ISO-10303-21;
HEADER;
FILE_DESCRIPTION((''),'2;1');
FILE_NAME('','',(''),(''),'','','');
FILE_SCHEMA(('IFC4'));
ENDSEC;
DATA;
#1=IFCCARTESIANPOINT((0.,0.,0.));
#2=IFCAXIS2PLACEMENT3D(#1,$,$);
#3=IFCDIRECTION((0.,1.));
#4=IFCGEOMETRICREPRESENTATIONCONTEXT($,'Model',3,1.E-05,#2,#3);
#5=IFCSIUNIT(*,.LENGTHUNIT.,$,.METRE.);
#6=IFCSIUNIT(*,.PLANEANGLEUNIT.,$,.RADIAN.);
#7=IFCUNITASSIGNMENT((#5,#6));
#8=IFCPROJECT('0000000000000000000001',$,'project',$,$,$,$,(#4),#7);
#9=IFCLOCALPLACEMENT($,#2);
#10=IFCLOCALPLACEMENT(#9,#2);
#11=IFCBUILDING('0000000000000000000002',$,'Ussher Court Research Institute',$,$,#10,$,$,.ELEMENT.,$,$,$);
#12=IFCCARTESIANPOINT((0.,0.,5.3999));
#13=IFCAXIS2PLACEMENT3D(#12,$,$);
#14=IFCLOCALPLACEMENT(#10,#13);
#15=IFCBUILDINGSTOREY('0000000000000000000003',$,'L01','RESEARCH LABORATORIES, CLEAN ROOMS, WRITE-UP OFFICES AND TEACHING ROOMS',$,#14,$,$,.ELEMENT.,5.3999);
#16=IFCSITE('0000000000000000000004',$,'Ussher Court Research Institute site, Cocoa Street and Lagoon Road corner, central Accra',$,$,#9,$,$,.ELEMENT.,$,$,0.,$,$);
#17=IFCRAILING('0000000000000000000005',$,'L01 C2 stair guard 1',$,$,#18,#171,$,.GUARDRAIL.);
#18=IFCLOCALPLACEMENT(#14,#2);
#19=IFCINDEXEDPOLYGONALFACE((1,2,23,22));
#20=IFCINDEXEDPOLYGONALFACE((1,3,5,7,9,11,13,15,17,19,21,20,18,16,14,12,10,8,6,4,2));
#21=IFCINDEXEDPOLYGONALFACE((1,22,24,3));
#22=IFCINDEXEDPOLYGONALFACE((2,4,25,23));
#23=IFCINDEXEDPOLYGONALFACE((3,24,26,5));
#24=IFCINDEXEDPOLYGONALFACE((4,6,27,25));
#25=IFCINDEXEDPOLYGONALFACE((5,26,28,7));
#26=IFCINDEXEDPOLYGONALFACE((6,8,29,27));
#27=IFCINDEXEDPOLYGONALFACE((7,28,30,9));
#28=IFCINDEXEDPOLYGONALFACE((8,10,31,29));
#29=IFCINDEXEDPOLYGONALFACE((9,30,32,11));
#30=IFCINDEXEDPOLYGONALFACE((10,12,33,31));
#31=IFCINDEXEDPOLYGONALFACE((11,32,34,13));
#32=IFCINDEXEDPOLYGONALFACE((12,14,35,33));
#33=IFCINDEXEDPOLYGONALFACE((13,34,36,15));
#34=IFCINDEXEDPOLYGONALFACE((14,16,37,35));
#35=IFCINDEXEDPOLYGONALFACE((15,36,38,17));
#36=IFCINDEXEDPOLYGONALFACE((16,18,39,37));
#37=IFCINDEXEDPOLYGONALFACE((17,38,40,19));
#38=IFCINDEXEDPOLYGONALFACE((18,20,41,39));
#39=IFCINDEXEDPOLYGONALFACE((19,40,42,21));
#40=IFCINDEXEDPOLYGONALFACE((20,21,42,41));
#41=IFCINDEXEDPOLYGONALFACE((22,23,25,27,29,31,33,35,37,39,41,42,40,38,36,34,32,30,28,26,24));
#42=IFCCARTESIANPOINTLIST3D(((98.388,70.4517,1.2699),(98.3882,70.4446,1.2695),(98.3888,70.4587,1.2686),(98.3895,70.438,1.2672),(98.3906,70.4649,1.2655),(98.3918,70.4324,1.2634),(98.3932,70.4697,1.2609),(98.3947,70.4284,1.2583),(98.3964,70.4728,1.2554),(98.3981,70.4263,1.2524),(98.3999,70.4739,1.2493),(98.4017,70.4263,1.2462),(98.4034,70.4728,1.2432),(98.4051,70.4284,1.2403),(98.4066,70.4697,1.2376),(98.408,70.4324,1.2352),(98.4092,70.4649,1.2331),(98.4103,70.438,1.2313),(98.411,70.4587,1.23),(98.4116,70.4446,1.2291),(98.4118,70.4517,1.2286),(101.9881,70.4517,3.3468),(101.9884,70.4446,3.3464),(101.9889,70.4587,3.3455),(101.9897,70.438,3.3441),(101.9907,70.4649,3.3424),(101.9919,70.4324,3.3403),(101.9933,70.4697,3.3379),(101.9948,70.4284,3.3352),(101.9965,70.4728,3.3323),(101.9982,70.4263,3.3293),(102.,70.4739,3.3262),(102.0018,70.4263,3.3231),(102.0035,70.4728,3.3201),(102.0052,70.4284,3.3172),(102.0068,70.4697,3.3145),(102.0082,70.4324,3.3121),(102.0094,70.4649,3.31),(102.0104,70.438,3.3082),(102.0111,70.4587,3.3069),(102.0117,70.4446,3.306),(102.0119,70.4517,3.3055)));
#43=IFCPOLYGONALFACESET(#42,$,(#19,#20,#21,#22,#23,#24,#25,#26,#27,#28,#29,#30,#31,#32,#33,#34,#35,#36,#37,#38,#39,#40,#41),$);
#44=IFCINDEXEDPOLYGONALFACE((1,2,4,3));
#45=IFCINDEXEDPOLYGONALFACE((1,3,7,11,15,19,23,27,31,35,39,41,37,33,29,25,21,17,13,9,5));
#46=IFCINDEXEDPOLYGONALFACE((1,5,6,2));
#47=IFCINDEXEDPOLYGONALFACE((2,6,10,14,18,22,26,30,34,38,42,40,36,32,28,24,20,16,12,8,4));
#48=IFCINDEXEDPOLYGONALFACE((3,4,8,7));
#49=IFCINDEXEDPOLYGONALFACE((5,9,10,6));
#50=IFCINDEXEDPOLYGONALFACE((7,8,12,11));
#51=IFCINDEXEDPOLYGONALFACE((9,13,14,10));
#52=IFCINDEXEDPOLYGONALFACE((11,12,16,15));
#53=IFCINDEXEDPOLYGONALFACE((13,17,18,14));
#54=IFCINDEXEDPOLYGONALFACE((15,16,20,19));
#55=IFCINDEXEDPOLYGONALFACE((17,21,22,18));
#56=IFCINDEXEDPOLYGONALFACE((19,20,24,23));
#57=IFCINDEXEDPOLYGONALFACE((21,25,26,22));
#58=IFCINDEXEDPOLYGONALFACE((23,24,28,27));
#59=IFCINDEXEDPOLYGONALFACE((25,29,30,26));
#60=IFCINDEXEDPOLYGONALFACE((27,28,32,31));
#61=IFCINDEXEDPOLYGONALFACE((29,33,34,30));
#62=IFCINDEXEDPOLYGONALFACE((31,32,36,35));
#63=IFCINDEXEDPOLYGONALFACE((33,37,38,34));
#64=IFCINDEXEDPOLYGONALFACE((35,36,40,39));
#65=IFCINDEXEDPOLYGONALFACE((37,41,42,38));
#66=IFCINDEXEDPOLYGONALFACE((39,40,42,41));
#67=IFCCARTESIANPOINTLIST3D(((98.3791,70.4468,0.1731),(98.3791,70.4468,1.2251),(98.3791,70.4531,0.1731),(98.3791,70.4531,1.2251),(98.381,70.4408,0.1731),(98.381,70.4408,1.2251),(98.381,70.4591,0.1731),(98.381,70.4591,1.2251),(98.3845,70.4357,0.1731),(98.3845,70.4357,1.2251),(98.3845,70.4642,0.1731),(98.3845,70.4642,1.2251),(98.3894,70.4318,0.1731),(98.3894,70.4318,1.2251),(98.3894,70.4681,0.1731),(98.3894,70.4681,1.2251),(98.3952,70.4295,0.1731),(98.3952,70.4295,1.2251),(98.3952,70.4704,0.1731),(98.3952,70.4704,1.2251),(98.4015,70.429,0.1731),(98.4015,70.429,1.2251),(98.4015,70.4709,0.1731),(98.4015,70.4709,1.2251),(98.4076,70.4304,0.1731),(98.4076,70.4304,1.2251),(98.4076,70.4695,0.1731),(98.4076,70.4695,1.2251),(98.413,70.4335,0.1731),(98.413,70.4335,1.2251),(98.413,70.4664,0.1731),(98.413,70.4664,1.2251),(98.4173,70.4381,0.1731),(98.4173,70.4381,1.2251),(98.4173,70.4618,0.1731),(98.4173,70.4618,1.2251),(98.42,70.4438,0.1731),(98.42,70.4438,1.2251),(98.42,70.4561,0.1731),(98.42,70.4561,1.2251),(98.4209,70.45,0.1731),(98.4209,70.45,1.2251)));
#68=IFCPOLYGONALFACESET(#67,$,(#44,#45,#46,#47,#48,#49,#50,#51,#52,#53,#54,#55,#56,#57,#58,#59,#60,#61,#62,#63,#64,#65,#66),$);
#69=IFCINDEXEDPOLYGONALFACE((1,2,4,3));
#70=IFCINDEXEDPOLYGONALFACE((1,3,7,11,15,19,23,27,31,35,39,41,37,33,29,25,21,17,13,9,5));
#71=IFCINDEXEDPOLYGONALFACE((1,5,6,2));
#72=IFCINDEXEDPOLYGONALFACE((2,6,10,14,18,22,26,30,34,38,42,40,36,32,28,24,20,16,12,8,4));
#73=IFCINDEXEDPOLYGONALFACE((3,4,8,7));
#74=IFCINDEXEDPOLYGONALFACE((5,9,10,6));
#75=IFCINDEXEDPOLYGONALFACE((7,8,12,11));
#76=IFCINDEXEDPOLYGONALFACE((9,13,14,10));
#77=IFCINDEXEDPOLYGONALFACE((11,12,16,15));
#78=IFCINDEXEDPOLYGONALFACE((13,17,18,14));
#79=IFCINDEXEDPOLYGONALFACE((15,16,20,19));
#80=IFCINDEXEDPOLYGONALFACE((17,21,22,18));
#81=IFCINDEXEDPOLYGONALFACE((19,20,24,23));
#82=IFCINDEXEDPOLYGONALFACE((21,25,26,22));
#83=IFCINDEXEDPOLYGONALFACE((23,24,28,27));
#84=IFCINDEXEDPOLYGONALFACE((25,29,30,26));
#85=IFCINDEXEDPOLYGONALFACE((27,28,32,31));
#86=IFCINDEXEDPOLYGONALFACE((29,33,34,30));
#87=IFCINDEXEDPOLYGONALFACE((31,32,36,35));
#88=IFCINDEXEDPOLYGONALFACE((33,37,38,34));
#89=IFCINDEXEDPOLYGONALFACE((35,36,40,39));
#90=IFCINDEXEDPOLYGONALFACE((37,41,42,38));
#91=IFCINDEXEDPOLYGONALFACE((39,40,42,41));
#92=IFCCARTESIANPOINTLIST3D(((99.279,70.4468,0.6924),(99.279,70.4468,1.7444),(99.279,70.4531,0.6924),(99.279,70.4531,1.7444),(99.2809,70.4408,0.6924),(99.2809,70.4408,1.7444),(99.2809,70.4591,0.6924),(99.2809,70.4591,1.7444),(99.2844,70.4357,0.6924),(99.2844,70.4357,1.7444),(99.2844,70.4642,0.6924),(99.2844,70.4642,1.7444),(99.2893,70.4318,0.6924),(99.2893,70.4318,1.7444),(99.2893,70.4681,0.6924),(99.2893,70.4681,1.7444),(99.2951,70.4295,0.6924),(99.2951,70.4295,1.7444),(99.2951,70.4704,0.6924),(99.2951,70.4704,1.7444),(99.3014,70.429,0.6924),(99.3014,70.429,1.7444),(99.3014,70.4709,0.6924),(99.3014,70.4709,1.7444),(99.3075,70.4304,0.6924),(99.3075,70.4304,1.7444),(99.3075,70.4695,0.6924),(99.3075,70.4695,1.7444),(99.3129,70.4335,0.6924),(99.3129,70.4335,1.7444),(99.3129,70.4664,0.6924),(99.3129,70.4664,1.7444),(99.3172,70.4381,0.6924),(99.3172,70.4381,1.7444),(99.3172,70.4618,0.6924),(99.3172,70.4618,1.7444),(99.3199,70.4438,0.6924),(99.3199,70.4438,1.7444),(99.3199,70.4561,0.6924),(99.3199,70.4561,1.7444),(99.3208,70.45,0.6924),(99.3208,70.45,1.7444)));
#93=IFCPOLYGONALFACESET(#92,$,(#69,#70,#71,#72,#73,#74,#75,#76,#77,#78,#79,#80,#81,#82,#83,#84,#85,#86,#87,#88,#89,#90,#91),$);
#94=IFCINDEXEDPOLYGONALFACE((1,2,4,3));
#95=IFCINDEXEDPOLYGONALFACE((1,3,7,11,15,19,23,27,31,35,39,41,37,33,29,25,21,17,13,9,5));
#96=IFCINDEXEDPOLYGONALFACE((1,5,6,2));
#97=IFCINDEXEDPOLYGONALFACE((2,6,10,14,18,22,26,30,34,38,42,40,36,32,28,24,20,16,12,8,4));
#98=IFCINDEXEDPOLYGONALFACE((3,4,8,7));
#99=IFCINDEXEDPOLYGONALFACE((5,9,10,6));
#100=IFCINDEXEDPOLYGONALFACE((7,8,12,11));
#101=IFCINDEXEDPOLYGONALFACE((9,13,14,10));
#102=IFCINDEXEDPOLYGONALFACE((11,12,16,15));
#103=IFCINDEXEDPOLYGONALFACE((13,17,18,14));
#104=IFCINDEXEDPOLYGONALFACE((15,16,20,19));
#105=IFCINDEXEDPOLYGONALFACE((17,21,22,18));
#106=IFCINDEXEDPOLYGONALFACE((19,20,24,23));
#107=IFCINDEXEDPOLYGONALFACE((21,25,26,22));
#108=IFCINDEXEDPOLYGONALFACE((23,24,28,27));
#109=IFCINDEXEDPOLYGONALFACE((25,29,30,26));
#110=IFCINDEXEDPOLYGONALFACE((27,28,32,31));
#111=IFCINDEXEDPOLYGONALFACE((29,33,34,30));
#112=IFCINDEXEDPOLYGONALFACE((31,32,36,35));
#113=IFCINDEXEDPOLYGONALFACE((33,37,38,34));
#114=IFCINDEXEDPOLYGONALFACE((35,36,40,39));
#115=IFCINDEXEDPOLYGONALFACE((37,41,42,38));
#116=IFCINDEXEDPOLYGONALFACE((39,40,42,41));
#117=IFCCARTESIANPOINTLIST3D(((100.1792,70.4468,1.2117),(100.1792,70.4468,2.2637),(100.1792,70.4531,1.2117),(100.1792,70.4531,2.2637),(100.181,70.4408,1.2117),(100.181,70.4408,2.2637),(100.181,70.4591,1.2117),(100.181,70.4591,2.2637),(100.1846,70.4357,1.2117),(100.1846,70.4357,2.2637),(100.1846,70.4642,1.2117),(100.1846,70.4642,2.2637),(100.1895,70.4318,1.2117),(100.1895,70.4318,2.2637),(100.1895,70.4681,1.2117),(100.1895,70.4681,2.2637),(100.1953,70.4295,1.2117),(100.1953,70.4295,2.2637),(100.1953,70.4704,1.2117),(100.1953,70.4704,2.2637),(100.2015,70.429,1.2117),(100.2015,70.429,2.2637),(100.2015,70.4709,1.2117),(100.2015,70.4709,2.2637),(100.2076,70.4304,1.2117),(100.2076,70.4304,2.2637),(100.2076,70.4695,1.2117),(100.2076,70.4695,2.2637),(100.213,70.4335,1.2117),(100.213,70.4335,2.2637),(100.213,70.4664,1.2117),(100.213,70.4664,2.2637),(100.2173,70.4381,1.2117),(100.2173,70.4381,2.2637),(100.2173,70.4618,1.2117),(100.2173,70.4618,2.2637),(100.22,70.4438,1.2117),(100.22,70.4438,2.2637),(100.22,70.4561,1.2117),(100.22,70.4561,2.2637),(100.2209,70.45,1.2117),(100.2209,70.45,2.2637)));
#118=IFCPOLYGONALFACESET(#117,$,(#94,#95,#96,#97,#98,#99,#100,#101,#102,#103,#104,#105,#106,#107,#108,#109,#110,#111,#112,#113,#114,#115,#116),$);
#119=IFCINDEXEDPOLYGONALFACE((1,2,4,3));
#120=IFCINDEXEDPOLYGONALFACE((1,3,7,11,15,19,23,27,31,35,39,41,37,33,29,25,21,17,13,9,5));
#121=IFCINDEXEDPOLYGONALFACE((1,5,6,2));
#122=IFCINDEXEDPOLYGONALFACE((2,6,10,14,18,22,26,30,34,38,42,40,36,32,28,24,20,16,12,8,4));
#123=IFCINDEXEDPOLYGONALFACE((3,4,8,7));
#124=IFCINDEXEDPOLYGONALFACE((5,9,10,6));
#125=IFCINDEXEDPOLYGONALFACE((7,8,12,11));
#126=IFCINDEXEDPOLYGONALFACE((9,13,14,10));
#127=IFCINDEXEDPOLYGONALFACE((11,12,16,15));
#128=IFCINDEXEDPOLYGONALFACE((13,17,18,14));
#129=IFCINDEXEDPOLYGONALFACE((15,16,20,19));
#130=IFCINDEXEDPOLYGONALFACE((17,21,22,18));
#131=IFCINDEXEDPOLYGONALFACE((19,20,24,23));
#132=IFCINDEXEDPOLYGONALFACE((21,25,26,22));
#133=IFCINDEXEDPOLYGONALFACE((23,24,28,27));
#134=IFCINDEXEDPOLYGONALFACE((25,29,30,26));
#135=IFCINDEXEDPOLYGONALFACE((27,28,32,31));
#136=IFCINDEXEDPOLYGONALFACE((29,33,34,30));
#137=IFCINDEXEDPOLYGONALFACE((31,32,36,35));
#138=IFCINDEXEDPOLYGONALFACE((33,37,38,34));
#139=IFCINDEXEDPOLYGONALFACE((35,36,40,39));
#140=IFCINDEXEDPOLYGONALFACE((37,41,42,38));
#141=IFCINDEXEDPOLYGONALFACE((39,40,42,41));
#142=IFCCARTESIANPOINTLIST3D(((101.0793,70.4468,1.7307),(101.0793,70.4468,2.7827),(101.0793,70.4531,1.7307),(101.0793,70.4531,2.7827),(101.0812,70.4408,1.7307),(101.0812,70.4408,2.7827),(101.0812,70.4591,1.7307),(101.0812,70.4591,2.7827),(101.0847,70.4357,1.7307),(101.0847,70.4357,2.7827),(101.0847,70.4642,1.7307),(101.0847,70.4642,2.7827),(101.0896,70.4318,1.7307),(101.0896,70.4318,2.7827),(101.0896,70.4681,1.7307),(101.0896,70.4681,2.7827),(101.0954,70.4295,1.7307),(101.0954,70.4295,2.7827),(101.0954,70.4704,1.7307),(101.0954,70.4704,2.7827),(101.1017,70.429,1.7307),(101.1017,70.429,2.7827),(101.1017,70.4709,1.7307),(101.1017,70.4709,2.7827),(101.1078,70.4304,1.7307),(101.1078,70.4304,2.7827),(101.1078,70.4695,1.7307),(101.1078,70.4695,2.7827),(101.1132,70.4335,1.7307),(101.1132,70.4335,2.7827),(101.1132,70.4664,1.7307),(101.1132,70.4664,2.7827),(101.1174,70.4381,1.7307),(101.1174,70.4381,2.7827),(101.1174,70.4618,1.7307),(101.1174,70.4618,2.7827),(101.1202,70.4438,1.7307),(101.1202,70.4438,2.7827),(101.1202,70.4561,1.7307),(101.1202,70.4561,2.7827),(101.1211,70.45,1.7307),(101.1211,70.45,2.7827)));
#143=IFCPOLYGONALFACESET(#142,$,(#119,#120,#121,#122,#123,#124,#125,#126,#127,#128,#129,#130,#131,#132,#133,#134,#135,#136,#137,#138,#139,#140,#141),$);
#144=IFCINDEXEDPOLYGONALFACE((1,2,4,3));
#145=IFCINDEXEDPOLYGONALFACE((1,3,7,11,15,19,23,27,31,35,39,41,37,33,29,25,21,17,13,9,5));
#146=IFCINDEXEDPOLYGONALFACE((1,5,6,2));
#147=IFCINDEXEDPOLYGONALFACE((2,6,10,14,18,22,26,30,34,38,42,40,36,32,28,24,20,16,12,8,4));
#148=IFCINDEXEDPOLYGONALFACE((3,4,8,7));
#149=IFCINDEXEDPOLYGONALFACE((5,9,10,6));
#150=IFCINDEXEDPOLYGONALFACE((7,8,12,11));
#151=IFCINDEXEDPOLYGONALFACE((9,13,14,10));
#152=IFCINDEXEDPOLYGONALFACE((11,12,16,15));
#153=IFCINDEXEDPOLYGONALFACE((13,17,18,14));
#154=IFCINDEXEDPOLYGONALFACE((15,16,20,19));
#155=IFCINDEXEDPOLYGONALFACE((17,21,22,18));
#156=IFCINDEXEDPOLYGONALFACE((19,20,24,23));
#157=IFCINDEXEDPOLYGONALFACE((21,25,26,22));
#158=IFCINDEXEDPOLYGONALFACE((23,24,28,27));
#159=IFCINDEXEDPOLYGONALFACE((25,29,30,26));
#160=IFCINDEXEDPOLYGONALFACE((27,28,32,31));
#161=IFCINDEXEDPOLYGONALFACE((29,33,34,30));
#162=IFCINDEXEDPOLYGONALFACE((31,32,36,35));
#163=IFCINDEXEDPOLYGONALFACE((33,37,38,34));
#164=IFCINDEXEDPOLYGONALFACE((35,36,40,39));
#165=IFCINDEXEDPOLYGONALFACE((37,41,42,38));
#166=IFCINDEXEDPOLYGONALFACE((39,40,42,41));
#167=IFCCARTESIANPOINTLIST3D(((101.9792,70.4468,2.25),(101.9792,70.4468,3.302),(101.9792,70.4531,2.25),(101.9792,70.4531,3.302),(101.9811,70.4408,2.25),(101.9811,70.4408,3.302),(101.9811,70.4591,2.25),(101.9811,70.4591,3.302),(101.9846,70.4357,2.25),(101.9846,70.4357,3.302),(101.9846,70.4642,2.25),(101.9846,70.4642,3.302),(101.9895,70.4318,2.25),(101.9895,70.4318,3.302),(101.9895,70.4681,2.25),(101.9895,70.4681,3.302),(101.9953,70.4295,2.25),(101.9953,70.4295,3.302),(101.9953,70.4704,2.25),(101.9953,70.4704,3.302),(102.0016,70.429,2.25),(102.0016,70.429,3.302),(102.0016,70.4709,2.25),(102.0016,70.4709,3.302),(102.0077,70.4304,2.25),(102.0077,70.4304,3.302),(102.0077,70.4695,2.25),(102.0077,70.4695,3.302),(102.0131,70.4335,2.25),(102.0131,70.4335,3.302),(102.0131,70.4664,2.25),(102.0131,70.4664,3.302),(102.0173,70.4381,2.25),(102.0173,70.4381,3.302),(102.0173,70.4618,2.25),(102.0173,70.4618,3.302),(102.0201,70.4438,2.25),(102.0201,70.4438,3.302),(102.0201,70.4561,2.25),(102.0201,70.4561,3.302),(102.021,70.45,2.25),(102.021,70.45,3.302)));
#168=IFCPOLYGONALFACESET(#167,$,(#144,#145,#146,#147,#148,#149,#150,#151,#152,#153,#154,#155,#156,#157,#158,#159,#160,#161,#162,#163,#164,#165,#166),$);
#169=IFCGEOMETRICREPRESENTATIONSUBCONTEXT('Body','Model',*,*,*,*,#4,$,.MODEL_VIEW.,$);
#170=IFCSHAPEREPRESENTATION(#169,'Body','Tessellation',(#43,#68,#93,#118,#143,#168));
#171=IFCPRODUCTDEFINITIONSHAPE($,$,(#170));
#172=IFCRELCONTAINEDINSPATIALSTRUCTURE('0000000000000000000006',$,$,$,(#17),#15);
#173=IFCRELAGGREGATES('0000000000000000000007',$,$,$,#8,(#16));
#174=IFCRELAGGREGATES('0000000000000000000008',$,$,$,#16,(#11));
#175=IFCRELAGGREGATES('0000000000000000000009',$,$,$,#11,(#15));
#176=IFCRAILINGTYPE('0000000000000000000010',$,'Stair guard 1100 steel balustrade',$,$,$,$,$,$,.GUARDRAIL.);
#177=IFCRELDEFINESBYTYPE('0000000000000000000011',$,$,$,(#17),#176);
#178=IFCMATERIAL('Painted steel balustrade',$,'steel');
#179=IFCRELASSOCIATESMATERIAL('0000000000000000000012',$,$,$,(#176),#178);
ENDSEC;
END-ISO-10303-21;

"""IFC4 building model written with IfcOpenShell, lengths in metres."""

from ifc_helpers import new_model, si_unit, direction, frame, origin, origin_2d, place, context, subcontext, project, spatial, circle, extrude, material, type_object, element, save


model = new_model("IFC4")

# Units and contexts
model_context = context("Model", 3, precision=1e-05, world=origin(), true_north=direction((0.0, 1.0)))
body_context = subcontext(model_context, "Body", "Model", "MODEL_VIEW")
ifc_project = project(units=[si_unit("LENGTHUNIT", "METRE"), si_unit("PLANEANGLEUNIT", "RADIAN")], contexts=[model_context])

# Site, building, storey
site_placement = place(None, origin())
site = spatial("IfcSite", under=ifc_project, at=site_placement, Name="Ussher Court Research Institute site, Cocoa Street and Lagoon Road corner, central Accra", CompositionType="ELEMENT", RefElevation=0.0)
building_placement = place(site_placement, origin())
building = spatial("IfcBuilding", under=site, at=building_placement, Name="Ussher Court Research Institute", CompositionType="ELEMENT")
storey_placement = place(building_placement, frame((0.0, 0.0, 5.3999)))
storey = spatial("IfcBuildingStorey", under=building, at=storey_placement, Name="L01", Description="RESEARCH LABORATORIES, CLEAN ROOMS, WRITE-UP OFFICES AND TEACHING ROOMS", CompositionType="ELEMENT", Elevation=5.3999)

# Railing
ifc_material_1 = material(Name="Painted steel balustrade", Category="steel")
railing_type_1 = type_object("IfcRailingType", Name="Stair guard 1100 steel balustrade", PredefinedType="GUARDRAIL", material=ifc_material_1)
railing_1_placement = place(storey_placement, frame((98.3999, 70.45, 0.1731)))
element("IfcRailing", 1, at=railing_1_placement, inside=storey, type_object=railing_type_1, Name="L01 C2 stair guard 1", PredefinedType="GUARDRAIL", context=body_context, shape_type="SweptSolid", body=[
    extrude(circle(Radius=0.0239, at=origin_2d()), frame((0.0, 0.0, 1.0762), z_axis=(0.866193, 0.0, 0.499709), x_axis=(0.0, 1.0, 0.0)), (0.0, 0.0, 1.0), 4.1562),
    extrude(circle(Radius=0.021, at=origin_2d()), origin(), (0.0, 0.0, 1.0), 1.052),
    extrude(circle(Radius=0.021, at=origin_2d()), frame((0.8999, 0.0, 0.5193)), (0.0, 0.0, 1.0), 1.052),
    extrude(circle(Radius=0.021, at=origin_2d()), frame((1.8, 0.0, 1.0386)), (0.0, 0.0, 1.0), 1.052),
    extrude(circle(Radius=0.021, at=origin_2d()), frame((2.7002, 0.0, 1.5576)), (0.0, 0.0, 1.0), 1.052),
    extrude(circle(Radius=0.021, at=origin_2d()), frame((3.6001, 0.0, 2.0769)), (0.0, 0.0, 1.0), 1.052),
])

save(model, "model.ifc")
